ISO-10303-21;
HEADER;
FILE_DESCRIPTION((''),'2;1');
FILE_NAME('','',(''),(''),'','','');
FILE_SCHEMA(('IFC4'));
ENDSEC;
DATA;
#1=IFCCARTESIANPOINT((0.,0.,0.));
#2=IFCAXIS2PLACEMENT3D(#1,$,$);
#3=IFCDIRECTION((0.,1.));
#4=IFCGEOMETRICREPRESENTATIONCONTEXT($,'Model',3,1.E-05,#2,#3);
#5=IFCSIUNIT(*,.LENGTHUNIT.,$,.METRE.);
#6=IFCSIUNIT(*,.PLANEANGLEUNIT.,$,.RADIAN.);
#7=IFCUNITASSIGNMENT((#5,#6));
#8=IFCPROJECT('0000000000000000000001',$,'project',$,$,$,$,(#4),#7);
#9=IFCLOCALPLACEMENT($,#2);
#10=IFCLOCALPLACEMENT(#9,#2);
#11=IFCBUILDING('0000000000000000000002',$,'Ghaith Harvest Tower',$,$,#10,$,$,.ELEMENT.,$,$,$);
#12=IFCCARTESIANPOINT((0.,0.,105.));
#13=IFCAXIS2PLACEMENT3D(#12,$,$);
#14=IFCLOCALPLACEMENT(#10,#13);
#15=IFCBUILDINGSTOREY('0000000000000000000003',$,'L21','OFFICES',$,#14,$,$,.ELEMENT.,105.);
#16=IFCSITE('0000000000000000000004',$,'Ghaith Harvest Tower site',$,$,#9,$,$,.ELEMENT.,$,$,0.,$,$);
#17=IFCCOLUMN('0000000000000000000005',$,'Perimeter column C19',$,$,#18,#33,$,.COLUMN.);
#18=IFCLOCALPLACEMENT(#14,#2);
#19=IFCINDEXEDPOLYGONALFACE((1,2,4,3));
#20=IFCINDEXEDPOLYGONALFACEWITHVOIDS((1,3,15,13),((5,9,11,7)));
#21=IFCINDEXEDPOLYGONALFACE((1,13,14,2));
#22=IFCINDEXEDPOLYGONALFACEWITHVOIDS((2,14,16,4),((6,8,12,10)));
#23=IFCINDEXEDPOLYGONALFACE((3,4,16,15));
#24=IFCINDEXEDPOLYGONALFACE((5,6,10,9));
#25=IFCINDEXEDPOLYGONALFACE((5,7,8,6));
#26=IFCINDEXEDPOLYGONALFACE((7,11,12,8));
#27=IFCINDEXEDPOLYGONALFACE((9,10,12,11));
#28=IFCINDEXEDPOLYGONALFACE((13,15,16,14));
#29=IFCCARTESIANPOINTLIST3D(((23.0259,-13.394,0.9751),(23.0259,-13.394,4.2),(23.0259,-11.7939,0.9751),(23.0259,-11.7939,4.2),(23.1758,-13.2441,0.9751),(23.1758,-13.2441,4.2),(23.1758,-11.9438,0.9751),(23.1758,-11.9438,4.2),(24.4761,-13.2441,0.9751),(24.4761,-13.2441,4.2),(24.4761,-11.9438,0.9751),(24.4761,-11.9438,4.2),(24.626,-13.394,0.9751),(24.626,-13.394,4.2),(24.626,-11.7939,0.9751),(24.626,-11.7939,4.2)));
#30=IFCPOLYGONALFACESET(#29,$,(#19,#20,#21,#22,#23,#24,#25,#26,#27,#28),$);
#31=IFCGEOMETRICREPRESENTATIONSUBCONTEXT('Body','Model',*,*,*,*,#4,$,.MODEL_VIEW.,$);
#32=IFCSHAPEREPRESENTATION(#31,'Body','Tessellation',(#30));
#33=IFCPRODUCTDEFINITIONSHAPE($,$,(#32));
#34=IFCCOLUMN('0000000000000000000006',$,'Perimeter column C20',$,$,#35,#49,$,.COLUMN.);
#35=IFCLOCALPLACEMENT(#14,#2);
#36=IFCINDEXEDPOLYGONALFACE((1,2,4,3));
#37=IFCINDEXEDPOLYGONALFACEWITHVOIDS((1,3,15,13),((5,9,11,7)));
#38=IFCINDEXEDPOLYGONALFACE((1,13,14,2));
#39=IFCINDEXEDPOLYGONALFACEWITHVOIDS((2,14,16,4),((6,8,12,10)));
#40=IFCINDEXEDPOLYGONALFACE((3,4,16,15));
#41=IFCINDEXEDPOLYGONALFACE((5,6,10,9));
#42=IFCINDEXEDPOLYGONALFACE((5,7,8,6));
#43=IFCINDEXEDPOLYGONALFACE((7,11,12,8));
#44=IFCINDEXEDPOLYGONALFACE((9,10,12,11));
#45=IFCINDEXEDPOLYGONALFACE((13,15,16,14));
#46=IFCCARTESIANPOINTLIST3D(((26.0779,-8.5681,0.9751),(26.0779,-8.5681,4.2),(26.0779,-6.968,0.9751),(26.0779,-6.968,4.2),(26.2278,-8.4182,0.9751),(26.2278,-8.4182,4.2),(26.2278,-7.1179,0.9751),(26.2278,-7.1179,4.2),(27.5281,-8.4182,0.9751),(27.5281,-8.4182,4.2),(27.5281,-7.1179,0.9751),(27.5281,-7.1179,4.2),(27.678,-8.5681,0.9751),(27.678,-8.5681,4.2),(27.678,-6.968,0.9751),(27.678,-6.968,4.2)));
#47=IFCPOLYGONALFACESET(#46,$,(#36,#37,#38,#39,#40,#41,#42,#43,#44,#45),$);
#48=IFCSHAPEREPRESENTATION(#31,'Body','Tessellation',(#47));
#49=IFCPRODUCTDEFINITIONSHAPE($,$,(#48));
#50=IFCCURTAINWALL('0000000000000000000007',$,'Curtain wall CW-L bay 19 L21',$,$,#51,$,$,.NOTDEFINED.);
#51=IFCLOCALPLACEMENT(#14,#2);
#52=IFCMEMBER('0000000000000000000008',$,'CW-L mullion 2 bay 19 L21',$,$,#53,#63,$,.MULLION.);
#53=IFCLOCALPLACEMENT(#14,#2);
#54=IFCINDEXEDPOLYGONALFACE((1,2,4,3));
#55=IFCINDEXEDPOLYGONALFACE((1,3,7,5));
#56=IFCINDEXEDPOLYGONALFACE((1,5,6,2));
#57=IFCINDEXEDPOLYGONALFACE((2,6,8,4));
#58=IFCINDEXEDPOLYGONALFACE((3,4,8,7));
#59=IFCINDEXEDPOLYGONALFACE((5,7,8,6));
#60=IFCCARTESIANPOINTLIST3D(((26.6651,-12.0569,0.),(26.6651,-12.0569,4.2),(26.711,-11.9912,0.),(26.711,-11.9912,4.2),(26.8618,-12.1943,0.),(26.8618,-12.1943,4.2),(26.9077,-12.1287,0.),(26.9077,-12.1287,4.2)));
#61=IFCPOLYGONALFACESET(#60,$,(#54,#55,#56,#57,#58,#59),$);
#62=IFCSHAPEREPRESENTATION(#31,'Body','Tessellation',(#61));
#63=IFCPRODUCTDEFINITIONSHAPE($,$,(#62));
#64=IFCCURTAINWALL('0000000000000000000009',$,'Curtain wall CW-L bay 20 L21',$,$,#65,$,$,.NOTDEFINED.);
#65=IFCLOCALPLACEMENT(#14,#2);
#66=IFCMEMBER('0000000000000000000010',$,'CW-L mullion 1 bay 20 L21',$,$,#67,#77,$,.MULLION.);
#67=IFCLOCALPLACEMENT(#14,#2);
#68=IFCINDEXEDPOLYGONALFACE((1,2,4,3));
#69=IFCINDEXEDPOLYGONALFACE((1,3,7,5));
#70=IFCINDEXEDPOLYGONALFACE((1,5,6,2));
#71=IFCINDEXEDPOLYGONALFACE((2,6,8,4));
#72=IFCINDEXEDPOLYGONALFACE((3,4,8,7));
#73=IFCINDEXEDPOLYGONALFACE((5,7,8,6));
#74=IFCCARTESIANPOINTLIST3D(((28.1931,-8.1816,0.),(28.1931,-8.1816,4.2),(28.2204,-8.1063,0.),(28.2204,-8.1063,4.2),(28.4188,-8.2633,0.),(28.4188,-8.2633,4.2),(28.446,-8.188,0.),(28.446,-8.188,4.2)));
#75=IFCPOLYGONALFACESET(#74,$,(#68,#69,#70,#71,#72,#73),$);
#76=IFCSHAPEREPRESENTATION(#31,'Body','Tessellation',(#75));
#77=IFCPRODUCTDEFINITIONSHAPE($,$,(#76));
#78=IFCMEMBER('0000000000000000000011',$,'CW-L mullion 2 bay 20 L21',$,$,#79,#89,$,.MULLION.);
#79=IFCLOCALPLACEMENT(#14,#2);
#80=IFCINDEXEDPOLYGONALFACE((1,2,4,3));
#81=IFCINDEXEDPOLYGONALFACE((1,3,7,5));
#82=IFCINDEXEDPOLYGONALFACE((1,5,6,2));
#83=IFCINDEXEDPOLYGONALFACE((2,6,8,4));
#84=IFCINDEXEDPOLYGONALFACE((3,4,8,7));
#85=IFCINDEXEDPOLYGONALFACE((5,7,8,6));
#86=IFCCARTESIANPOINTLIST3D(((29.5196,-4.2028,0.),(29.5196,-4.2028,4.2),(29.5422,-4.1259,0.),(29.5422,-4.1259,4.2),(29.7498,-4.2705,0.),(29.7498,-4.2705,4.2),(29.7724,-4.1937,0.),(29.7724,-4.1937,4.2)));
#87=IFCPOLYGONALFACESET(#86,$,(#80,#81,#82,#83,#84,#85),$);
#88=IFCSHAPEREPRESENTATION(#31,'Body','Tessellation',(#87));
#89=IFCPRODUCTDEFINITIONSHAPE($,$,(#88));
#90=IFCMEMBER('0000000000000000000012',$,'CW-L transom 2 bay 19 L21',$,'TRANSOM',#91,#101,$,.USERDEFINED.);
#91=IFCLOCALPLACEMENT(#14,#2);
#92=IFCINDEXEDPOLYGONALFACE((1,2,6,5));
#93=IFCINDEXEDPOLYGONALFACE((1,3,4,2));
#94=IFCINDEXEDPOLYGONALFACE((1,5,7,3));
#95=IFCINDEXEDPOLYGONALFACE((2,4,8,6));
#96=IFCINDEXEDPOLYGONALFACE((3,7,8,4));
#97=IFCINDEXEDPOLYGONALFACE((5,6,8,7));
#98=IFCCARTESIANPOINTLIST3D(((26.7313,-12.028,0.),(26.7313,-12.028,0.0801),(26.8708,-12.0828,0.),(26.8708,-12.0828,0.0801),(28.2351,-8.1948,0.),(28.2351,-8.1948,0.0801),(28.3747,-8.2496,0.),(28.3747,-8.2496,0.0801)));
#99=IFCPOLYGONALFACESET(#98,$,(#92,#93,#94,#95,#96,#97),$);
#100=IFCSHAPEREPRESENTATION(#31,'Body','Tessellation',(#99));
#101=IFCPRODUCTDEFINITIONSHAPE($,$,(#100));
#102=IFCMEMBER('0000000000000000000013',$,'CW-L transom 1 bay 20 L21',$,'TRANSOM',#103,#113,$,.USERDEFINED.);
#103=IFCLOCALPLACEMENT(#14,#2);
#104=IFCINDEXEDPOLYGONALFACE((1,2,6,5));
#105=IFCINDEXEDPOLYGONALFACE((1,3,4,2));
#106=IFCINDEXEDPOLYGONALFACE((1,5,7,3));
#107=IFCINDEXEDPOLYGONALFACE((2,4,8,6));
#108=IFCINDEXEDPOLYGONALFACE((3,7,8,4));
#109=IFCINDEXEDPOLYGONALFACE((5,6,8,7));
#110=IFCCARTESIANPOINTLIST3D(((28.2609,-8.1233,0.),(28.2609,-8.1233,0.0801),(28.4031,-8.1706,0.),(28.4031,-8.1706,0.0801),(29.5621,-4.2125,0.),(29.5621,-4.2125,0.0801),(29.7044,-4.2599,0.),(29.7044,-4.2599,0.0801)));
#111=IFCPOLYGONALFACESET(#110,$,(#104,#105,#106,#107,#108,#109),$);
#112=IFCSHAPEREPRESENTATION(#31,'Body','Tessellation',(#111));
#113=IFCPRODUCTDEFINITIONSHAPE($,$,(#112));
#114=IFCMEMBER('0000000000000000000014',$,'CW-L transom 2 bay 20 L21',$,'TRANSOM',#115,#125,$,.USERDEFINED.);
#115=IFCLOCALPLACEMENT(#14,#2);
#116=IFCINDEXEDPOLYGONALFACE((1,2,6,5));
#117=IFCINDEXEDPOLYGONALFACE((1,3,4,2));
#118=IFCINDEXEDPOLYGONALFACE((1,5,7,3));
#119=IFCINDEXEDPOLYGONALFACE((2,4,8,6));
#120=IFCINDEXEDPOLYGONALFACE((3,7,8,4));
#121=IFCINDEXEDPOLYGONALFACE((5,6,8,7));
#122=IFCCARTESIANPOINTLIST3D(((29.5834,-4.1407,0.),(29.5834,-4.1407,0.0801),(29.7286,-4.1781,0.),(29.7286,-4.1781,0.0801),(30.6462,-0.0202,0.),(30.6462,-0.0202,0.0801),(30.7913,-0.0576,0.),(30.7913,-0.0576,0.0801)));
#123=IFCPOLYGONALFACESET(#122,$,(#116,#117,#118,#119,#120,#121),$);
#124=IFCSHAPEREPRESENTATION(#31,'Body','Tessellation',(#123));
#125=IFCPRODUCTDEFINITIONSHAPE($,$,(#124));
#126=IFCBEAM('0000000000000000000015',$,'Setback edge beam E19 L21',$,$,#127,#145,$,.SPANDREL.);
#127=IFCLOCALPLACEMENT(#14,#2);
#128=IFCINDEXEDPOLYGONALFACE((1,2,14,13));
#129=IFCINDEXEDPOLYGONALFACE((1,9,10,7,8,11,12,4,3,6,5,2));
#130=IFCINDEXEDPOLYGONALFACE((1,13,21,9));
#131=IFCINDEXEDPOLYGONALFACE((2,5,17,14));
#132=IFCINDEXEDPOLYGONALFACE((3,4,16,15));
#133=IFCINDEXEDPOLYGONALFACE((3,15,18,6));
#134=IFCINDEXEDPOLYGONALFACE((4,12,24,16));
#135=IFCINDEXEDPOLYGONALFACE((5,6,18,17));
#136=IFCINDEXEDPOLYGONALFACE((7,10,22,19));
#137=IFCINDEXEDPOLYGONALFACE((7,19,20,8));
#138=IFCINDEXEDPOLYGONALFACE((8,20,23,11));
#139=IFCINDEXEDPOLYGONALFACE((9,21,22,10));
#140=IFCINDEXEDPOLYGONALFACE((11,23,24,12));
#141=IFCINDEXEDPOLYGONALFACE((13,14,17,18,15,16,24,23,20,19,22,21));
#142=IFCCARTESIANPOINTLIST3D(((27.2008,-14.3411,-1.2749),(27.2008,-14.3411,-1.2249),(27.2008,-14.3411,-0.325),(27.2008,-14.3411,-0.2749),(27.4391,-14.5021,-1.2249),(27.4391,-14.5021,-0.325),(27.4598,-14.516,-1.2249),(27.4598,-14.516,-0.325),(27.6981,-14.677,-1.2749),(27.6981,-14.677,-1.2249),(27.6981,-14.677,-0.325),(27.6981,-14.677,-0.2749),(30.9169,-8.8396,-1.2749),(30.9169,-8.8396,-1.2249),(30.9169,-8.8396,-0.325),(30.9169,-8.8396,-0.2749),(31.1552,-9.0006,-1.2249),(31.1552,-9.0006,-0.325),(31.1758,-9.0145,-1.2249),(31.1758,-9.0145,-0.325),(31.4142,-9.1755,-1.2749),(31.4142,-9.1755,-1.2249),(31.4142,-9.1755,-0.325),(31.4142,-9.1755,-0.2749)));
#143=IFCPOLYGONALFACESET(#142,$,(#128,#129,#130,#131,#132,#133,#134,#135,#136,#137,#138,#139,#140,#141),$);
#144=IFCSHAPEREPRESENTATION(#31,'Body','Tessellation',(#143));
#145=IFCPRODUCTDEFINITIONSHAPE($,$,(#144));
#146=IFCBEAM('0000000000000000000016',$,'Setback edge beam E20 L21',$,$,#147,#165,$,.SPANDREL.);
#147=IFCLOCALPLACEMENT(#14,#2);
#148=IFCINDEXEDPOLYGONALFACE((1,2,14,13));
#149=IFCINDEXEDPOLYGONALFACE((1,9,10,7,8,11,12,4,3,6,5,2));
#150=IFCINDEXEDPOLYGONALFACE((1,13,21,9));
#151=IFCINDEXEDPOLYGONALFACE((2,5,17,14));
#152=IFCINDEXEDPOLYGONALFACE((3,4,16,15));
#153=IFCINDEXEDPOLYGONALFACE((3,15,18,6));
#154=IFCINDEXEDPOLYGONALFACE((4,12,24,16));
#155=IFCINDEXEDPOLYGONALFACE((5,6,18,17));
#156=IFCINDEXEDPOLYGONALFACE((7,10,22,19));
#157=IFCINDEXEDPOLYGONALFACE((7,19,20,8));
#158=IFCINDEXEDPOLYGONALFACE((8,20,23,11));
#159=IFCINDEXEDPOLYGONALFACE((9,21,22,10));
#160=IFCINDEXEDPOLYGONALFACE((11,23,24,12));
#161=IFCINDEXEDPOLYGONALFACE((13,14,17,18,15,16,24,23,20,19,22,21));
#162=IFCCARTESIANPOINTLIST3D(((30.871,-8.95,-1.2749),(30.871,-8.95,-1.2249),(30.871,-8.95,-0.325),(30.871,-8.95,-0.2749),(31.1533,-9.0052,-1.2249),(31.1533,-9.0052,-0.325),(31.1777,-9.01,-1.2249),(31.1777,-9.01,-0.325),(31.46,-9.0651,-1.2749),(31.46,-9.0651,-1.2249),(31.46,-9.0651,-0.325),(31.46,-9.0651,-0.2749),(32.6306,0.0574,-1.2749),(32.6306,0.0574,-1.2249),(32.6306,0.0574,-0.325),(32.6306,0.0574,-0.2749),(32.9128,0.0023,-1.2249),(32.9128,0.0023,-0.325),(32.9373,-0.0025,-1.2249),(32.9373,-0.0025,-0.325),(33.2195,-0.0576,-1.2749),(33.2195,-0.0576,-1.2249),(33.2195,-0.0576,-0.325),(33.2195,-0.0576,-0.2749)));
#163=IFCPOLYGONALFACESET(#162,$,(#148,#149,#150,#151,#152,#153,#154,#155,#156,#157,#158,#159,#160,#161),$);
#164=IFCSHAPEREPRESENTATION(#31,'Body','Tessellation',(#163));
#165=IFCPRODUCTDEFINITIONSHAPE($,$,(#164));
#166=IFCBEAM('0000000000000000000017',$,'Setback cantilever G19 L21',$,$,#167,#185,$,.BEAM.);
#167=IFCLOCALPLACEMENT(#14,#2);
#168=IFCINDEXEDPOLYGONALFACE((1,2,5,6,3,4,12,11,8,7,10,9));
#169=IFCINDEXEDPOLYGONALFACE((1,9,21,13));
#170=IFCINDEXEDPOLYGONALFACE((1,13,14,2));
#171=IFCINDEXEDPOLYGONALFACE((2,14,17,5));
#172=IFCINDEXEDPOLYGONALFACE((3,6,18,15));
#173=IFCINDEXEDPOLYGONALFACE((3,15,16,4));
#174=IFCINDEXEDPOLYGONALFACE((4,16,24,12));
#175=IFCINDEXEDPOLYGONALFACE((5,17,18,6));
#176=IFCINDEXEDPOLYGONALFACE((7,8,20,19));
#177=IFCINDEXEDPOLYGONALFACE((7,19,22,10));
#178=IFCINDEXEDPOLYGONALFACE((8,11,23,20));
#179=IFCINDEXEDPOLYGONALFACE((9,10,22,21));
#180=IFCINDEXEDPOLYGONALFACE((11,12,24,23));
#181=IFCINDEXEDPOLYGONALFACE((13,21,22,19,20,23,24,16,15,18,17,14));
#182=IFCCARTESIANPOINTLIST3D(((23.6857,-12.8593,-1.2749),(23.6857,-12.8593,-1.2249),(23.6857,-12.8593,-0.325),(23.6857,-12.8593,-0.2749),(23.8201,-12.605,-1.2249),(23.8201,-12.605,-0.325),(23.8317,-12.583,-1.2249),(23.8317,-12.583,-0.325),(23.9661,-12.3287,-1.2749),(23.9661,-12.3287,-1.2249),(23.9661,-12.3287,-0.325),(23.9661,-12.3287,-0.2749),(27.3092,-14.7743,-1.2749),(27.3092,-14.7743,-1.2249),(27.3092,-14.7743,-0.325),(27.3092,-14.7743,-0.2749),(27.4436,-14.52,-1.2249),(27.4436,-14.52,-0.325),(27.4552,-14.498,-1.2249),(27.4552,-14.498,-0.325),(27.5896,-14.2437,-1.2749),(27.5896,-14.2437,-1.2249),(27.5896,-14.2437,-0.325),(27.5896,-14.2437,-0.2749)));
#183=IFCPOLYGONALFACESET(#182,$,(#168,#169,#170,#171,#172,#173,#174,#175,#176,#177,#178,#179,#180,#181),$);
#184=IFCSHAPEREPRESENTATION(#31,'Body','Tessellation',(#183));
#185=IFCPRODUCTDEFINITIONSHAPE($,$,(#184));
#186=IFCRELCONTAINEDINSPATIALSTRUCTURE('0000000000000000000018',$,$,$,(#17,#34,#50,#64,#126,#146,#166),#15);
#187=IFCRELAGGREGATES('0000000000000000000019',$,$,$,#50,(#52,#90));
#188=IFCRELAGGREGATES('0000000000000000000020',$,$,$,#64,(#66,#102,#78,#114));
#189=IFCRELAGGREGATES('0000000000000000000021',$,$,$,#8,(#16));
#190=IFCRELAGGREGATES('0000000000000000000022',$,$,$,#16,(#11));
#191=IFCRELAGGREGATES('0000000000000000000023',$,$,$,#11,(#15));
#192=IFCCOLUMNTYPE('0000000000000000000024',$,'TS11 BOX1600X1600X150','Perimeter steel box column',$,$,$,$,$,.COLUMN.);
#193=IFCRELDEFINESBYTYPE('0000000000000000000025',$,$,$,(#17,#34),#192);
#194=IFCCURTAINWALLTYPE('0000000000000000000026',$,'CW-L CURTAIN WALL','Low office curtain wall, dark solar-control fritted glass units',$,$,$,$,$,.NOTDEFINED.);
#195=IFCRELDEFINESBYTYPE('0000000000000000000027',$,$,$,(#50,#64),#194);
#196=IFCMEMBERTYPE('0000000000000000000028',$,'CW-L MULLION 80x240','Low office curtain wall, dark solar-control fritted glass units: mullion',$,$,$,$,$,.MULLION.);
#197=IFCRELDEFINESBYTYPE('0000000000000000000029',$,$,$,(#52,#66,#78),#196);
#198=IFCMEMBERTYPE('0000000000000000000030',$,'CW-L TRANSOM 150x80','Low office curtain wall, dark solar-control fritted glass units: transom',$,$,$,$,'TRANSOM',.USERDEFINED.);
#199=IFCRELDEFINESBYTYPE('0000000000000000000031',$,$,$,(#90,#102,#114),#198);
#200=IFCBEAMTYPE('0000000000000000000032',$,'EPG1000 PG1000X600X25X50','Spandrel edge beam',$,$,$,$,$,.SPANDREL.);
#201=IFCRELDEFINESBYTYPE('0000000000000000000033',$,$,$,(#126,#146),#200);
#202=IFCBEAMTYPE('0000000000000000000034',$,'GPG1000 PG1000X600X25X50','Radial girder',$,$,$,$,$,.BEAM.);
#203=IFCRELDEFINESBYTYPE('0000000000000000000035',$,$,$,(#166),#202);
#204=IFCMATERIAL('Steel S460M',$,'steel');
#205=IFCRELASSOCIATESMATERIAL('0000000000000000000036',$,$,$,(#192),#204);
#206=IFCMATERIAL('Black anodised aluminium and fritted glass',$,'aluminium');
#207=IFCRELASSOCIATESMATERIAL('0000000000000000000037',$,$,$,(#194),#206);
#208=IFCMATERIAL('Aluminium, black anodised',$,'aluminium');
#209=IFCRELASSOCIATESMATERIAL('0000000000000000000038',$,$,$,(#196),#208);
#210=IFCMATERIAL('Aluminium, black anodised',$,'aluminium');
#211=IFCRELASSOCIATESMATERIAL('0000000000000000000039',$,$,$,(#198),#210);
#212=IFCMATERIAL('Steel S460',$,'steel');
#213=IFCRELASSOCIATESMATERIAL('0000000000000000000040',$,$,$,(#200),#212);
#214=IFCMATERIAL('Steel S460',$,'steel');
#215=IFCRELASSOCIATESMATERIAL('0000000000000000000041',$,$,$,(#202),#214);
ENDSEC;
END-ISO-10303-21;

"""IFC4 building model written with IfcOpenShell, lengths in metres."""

from ifc_helpers import new_model, si_unit, direction, frame, origin, origin_2d, place, context, subcontext, project, spatial, rectangle, hollow_rectangle, i_section, extrude, material, material_profile, profile_set, type_object, element, aggregate, save


model = new_model("IFC4")

# Units and contexts
model_context = context("Model", 3, precision=1e-05, world=origin(), true_north=direction((0.0, 1.0)))
body_context = subcontext(model_context, "Body", "Model", "MODEL_VIEW")
ifc_project = project(units=[si_unit("LENGTHUNIT", "METRE"), si_unit("PLANEANGLEUNIT", "RADIAN")], contexts=[model_context])

# Site, building, storey
site_placement = place(None, origin())
site = spatial("IfcSite", under=ifc_project, at=site_placement, Name="Ghaith Harvest Tower site", CompositionType="ELEMENT", RefElevation=0.0)
building_placement = place(site_placement, origin())
building = spatial("IfcBuilding", under=site, at=building_placement, Name="Ghaith Harvest Tower", CompositionType="ELEMENT")
storey_placement = place(building_placement, frame((0.0, 0.0, 105.0)))
storey = spatial("IfcBuildingStorey", under=building, at=storey_placement, Name="L21", Description="OFFICES", CompositionType="ELEMENT", Elevation=105.0)

# Columns
ifc_material_1 = material(Name="Steel S460M", Category="steel")
ifc_material_profile_1 = material_profile(ifc_material_1, hollow_rectangle(XDim=1.6001, YDim=1.6001, WallThickness=0.1499, at=origin_2d()), Name="BOX1600X1600X150")
ifc_profile_set_1 = profile_set([ifc_material_profile_1], Name="Steel S460M")
column_type = type_object("IfcColumnType", Name="TS11 BOX1600X1600X150", Description="Perimeter steel box column", PredefinedType="COLUMN", material=ifc_profile_set_1)
for number, where, z_axis, x_axis, name in (
    (1, (23.8259, -12.594, 0.9751), (0.0, 0.0, 1.0), (1.0, 0.0, 0.0), "Perimeter column C19"),
    (2, (26.8779, -7.7681, 0.9751), (0.0, 0.0, 1.0), (1.0, 0.0, 0.0), "Perimeter column C20"),
):
    element("IfcColumn", number, at=place(storey_placement, frame(where, z_axis=z_axis, x_axis=x_axis)), inside=storey, type_object=column_type, Name=name, PredefinedType="COLUMN", context=body_context, shape_type="SweptSolid", body=[
        extrude(hollow_rectangle(XDim=1.6001, YDim=1.6001, WallThickness=0.1499, at=origin_2d()), origin(), (0.0, 0.0, 1.0), 3.2249),
    ])

# Curtain wall, member
ifc_material_2 = material(Name="Black anodised aluminium and fritted glass", Category="aluminium")
curtain_wall_type = type_object("IfcCurtainWallType", Name="CW-L CURTAIN WALL", Description="Low office curtain wall, dark solar-control fritted glass units", PredefinedType="NOTDEFINED", material=ifc_material_2)
curtain_wall_1_placement = place(storey_placement, origin())
curtain_wall_1 = element("IfcCurtainWall", 3, at=curtain_wall_1_placement, inside=storey, type_object=curtain_wall_type, Name="Curtain wall CW-L bay 19 L21", PredefinedType="NOTDEFINED")
ifc_material_3 = material(Name="Aluminium, black anodised", Category="aluminium")
ifc_material_profile_2 = material_profile(ifc_material_3, rectangle(XDim=0.0801, YDim=0.24, at=origin_2d()), Name="CW-L MULLION 80x240")
ifc_profile_set_2 = profile_set([ifc_material_profile_2], Name="Aluminium, black anodised")
member_type_1 = type_object("IfcMemberType", Name="CW-L MULLION 80x240", Description="Low office curtain wall, dark solar-control fritted glass units: mullion", PredefinedType="MULLION", material=ifc_profile_set_2)
member_1_placement = place(storey_placement, frame((26.7864, -12.0928, 0.0), z_axis=(0.0, 0.0, 1.0), x_axis=(0.572853, 0.819658, 0.0)))
member_1 = element("IfcMember", 4, at=member_1_placement, type_object=member_type_1, Name="CW-L mullion 2 bay 19 L21", PredefinedType="MULLION", context=body_context, shape_type="SweptSolid", body=[
    extrude(rectangle(XDim=0.0801, YDim=0.24, at=origin_2d()), origin(), (0.0, 0.0, 1.0), 4.2),
])

# Curtain wall, members
curtain_wall_2_placement = place(storey_placement, origin())
curtain_wall_2 = element("IfcCurtainWall", 5, at=curtain_wall_2_placement, inside=storey, type_object=curtain_wall_type, Name="Curtain wall CW-L bay 20 L21", PredefinedType="NOTDEFINED")
member_2_placement = place(storey_placement, frame((28.3196, -8.1848, 0.0), z_axis=(0.0, 0.0, 1.0), x_axis=(0.340574, 0.940218, 0.0)))
member_2 = element("IfcMember", 6, at=member_2_placement, type_object=member_type_1, Name="CW-L mullion 1 bay 20 L21", PredefinedType="MULLION", context=body_context, shape_type="SweptSolid", body=[
    extrude(rectangle(XDim=0.0801, YDim=0.24, at=origin_2d()), origin(), (0.0, 0.0, 1.0), 4.2),
])
member_3_placement = place(storey_placement, frame((29.646, -4.1982, 0.0), z_axis=(0.0, 0.0, 1.0), x_axis=(0.282375, 0.959304, 0.0)))
member_3 = element("IfcMember", 7, at=member_3_placement, type_object=member_type_1, Name="CW-L mullion 2 bay 20 L21", PredefinedType="MULLION", context=body_context, shape_type="SweptSolid", body=[
    extrude(rectangle(XDim=0.0801, YDim=0.24, at=origin_2d()), origin(), (0.0, 0.0, 1.0), 4.2),
])

# Members
ifc_material_4 = material(Name="Aluminium, black anodised", Category="aluminium")
ifc_material_profile_3 = material_profile(ifc_material_4, rectangle(XDim=0.1499, YDim=0.0801, at=origin_2d()), Name="CW-L TRANSOM 150x80")
ifc_profile_set_3 = profile_set([ifc_material_profile_3], Name="Aluminium, black anodised")
member_type_2 = type_object("IfcMemberType", Name="CW-L TRANSOM 150x80", Description="Low office curtain wall, dark solar-control fritted glass units: transom", ElementType="TRANSOM", PredefinedType="USERDEFINED", material=ifc_profile_set_3)
member_4_placement = place(storey_placement, frame((26.801, -12.0554, 0.04), z_axis=(0.365229, 0.930918, 0.0), x_axis=(-0.930918, 0.365229, 0.0)))
member_4 = element("IfcMember", 8, at=member_4_placement, type_object=member_type_2, Name="CW-L transom 2 bay 19 L21", ObjectType="TRANSOM", PredefinedType="USERDEFINED", context=body_context, shape_type="SweptSolid", body=[
    extrude(rectangle(XDim=0.1499, YDim=0.0801, at=origin_2d()), origin(), (0.0, 0.0, 1.0), 4.1177),
])
member_5_placement = place(storey_placement, frame((28.332, -8.147, 0.04), z_axis=(0.315712, 0.948855, 0.0), x_axis=(-0.948855, 0.315712, 0.0)))
member_5 = element("IfcMember", 9, at=member_5_placement, type_object=member_type_2, Name="CW-L transom 1 bay 20 L21", ObjectType="TRANSOM", PredefinedType="USERDEFINED", context=body_context, shape_type="SweptSolid", body=[
    extrude(rectangle(XDim=0.1499, YDim=0.0801, at=origin_2d()), origin(), (0.0, 0.0, 1.0), 4.1216),
])
member_6_placement = place(storey_placement, frame((29.656, -4.1594, 0.04), z_axis=(0.249737, 0.968314, 0.0), x_axis=(-0.968314, 0.249737, 0.0)))
member_6 = element("IfcMember", 10, at=member_6_placement, type_object=member_type_2, Name="CW-L transom 2 bay 20 L21", ObjectType="TRANSOM", PredefinedType="USERDEFINED", context=body_context, shape_type="SweptSolid", body=[
    extrude(rectangle(XDim=0.1499, YDim=0.0801, at=origin_2d()), origin(), (0.0, 0.0, 1.0), 4.2554),
])

# Beams
ifc_material_5 = material(Name="Steel S460", Category="steel")
ifc_material_profile_4 = material_profile(ifc_material_5, i_section(OverallWidth=0.6001, OverallDepth=1.0, WebThickness=0.0249, FlangeThickness=0.05, at=origin_2d()), Name="PG1000X600X25X50")
ifc_profile_set_4 = profile_set([ifc_material_profile_4], Name="Steel S460")
beam_type_1 = type_object("IfcBeamType", Name="EPG1000 PG1000X600X25X50", Description="Spandrel edge beam", PredefinedType="SPANDREL", material=ifc_profile_set_4)
beam_1_placement = place(storey_placement, frame((27.4495, -14.509, -0.7749), z_axis=(0.559739, 0.828669, 0.0), x_axis=(-0.828669, 0.559739, 0.0)))
element("IfcBeam", 11, at=beam_1_placement, inside=storey, type_object=beam_type_1, Name="Setback edge beam E19 L21", PredefinedType="SPANDREL", context=body_context, shape_type="SweptSolid", body=[
    extrude(i_section(OverallWidth=0.6001, OverallDepth=1.0, WebThickness=0.0249, FlangeThickness=0.05, at=origin_2d()), origin(), (0.0, 0.0, 1.0), 6.6389),
])
beam_2_placement = place(storey_placement, frame((31.1655, -9.0076, -0.7749), z_axis=(0.191715, 0.981451, 0.0), x_axis=(-0.981451, 0.191715, 0.0)))
element("IfcBeam", 12, at=beam_2_placement, inside=storey, type_object=beam_type_1, Name="Setback edge beam E20 L21", PredefinedType="SPANDREL", context=body_context, shape_type="SweptSolid", body=[
    extrude(i_section(OverallWidth=0.6001, OverallDepth=1.0, WebThickness=0.0249, FlangeThickness=0.05, at=origin_2d()), origin(), (0.0, 0.0, 1.0), 9.1777),
])
ifc_material_6 = material(Name="Steel S460", Category="steel")
ifc_material_profile_5 = material_profile(ifc_material_6, i_section(OverallWidth=0.6001, OverallDepth=1.0, WebThickness=0.0249, FlangeThickness=0.05, at=origin_2d()), Name="PG1000X600X25X50")
ifc_profile_set_5 = profile_set([ifc_material_profile_5], Name="Steel S460")
beam_type_2 = type_object("IfcBeamType", Name="GPG1000 PG1000X600X25X50", Description="Radial girder", PredefinedType="BEAM", material=ifc_profile_set_5)
beam_3_placement = place(storey_placement, frame((23.8259, -12.594, -0.7749), z_axis=(0.884121, -0.467258, 0.0), x_axis=(0.467258, 0.884121, 0.0)))
element("IfcBeam", 13, at=beam_3_placement, inside=storey, type_object=beam_type_2, Name="Setback cantilever G19 L21", PredefinedType="BEAM", context=body_context, shape_type="SweptSolid", body=[
    extrude(i_section(OverallWidth=0.6001, OverallDepth=1.0, WebThickness=0.0249, FlangeThickness=0.05, at=origin_2d()), origin(), (0.0, 0.0, 1.0), 4.0984),
])

aggregate(curtain_wall_1, [member_1, member_4])
aggregate(curtain_wall_2, [member_2, member_5, member_3, member_6])

save(model, "model.ifc")
